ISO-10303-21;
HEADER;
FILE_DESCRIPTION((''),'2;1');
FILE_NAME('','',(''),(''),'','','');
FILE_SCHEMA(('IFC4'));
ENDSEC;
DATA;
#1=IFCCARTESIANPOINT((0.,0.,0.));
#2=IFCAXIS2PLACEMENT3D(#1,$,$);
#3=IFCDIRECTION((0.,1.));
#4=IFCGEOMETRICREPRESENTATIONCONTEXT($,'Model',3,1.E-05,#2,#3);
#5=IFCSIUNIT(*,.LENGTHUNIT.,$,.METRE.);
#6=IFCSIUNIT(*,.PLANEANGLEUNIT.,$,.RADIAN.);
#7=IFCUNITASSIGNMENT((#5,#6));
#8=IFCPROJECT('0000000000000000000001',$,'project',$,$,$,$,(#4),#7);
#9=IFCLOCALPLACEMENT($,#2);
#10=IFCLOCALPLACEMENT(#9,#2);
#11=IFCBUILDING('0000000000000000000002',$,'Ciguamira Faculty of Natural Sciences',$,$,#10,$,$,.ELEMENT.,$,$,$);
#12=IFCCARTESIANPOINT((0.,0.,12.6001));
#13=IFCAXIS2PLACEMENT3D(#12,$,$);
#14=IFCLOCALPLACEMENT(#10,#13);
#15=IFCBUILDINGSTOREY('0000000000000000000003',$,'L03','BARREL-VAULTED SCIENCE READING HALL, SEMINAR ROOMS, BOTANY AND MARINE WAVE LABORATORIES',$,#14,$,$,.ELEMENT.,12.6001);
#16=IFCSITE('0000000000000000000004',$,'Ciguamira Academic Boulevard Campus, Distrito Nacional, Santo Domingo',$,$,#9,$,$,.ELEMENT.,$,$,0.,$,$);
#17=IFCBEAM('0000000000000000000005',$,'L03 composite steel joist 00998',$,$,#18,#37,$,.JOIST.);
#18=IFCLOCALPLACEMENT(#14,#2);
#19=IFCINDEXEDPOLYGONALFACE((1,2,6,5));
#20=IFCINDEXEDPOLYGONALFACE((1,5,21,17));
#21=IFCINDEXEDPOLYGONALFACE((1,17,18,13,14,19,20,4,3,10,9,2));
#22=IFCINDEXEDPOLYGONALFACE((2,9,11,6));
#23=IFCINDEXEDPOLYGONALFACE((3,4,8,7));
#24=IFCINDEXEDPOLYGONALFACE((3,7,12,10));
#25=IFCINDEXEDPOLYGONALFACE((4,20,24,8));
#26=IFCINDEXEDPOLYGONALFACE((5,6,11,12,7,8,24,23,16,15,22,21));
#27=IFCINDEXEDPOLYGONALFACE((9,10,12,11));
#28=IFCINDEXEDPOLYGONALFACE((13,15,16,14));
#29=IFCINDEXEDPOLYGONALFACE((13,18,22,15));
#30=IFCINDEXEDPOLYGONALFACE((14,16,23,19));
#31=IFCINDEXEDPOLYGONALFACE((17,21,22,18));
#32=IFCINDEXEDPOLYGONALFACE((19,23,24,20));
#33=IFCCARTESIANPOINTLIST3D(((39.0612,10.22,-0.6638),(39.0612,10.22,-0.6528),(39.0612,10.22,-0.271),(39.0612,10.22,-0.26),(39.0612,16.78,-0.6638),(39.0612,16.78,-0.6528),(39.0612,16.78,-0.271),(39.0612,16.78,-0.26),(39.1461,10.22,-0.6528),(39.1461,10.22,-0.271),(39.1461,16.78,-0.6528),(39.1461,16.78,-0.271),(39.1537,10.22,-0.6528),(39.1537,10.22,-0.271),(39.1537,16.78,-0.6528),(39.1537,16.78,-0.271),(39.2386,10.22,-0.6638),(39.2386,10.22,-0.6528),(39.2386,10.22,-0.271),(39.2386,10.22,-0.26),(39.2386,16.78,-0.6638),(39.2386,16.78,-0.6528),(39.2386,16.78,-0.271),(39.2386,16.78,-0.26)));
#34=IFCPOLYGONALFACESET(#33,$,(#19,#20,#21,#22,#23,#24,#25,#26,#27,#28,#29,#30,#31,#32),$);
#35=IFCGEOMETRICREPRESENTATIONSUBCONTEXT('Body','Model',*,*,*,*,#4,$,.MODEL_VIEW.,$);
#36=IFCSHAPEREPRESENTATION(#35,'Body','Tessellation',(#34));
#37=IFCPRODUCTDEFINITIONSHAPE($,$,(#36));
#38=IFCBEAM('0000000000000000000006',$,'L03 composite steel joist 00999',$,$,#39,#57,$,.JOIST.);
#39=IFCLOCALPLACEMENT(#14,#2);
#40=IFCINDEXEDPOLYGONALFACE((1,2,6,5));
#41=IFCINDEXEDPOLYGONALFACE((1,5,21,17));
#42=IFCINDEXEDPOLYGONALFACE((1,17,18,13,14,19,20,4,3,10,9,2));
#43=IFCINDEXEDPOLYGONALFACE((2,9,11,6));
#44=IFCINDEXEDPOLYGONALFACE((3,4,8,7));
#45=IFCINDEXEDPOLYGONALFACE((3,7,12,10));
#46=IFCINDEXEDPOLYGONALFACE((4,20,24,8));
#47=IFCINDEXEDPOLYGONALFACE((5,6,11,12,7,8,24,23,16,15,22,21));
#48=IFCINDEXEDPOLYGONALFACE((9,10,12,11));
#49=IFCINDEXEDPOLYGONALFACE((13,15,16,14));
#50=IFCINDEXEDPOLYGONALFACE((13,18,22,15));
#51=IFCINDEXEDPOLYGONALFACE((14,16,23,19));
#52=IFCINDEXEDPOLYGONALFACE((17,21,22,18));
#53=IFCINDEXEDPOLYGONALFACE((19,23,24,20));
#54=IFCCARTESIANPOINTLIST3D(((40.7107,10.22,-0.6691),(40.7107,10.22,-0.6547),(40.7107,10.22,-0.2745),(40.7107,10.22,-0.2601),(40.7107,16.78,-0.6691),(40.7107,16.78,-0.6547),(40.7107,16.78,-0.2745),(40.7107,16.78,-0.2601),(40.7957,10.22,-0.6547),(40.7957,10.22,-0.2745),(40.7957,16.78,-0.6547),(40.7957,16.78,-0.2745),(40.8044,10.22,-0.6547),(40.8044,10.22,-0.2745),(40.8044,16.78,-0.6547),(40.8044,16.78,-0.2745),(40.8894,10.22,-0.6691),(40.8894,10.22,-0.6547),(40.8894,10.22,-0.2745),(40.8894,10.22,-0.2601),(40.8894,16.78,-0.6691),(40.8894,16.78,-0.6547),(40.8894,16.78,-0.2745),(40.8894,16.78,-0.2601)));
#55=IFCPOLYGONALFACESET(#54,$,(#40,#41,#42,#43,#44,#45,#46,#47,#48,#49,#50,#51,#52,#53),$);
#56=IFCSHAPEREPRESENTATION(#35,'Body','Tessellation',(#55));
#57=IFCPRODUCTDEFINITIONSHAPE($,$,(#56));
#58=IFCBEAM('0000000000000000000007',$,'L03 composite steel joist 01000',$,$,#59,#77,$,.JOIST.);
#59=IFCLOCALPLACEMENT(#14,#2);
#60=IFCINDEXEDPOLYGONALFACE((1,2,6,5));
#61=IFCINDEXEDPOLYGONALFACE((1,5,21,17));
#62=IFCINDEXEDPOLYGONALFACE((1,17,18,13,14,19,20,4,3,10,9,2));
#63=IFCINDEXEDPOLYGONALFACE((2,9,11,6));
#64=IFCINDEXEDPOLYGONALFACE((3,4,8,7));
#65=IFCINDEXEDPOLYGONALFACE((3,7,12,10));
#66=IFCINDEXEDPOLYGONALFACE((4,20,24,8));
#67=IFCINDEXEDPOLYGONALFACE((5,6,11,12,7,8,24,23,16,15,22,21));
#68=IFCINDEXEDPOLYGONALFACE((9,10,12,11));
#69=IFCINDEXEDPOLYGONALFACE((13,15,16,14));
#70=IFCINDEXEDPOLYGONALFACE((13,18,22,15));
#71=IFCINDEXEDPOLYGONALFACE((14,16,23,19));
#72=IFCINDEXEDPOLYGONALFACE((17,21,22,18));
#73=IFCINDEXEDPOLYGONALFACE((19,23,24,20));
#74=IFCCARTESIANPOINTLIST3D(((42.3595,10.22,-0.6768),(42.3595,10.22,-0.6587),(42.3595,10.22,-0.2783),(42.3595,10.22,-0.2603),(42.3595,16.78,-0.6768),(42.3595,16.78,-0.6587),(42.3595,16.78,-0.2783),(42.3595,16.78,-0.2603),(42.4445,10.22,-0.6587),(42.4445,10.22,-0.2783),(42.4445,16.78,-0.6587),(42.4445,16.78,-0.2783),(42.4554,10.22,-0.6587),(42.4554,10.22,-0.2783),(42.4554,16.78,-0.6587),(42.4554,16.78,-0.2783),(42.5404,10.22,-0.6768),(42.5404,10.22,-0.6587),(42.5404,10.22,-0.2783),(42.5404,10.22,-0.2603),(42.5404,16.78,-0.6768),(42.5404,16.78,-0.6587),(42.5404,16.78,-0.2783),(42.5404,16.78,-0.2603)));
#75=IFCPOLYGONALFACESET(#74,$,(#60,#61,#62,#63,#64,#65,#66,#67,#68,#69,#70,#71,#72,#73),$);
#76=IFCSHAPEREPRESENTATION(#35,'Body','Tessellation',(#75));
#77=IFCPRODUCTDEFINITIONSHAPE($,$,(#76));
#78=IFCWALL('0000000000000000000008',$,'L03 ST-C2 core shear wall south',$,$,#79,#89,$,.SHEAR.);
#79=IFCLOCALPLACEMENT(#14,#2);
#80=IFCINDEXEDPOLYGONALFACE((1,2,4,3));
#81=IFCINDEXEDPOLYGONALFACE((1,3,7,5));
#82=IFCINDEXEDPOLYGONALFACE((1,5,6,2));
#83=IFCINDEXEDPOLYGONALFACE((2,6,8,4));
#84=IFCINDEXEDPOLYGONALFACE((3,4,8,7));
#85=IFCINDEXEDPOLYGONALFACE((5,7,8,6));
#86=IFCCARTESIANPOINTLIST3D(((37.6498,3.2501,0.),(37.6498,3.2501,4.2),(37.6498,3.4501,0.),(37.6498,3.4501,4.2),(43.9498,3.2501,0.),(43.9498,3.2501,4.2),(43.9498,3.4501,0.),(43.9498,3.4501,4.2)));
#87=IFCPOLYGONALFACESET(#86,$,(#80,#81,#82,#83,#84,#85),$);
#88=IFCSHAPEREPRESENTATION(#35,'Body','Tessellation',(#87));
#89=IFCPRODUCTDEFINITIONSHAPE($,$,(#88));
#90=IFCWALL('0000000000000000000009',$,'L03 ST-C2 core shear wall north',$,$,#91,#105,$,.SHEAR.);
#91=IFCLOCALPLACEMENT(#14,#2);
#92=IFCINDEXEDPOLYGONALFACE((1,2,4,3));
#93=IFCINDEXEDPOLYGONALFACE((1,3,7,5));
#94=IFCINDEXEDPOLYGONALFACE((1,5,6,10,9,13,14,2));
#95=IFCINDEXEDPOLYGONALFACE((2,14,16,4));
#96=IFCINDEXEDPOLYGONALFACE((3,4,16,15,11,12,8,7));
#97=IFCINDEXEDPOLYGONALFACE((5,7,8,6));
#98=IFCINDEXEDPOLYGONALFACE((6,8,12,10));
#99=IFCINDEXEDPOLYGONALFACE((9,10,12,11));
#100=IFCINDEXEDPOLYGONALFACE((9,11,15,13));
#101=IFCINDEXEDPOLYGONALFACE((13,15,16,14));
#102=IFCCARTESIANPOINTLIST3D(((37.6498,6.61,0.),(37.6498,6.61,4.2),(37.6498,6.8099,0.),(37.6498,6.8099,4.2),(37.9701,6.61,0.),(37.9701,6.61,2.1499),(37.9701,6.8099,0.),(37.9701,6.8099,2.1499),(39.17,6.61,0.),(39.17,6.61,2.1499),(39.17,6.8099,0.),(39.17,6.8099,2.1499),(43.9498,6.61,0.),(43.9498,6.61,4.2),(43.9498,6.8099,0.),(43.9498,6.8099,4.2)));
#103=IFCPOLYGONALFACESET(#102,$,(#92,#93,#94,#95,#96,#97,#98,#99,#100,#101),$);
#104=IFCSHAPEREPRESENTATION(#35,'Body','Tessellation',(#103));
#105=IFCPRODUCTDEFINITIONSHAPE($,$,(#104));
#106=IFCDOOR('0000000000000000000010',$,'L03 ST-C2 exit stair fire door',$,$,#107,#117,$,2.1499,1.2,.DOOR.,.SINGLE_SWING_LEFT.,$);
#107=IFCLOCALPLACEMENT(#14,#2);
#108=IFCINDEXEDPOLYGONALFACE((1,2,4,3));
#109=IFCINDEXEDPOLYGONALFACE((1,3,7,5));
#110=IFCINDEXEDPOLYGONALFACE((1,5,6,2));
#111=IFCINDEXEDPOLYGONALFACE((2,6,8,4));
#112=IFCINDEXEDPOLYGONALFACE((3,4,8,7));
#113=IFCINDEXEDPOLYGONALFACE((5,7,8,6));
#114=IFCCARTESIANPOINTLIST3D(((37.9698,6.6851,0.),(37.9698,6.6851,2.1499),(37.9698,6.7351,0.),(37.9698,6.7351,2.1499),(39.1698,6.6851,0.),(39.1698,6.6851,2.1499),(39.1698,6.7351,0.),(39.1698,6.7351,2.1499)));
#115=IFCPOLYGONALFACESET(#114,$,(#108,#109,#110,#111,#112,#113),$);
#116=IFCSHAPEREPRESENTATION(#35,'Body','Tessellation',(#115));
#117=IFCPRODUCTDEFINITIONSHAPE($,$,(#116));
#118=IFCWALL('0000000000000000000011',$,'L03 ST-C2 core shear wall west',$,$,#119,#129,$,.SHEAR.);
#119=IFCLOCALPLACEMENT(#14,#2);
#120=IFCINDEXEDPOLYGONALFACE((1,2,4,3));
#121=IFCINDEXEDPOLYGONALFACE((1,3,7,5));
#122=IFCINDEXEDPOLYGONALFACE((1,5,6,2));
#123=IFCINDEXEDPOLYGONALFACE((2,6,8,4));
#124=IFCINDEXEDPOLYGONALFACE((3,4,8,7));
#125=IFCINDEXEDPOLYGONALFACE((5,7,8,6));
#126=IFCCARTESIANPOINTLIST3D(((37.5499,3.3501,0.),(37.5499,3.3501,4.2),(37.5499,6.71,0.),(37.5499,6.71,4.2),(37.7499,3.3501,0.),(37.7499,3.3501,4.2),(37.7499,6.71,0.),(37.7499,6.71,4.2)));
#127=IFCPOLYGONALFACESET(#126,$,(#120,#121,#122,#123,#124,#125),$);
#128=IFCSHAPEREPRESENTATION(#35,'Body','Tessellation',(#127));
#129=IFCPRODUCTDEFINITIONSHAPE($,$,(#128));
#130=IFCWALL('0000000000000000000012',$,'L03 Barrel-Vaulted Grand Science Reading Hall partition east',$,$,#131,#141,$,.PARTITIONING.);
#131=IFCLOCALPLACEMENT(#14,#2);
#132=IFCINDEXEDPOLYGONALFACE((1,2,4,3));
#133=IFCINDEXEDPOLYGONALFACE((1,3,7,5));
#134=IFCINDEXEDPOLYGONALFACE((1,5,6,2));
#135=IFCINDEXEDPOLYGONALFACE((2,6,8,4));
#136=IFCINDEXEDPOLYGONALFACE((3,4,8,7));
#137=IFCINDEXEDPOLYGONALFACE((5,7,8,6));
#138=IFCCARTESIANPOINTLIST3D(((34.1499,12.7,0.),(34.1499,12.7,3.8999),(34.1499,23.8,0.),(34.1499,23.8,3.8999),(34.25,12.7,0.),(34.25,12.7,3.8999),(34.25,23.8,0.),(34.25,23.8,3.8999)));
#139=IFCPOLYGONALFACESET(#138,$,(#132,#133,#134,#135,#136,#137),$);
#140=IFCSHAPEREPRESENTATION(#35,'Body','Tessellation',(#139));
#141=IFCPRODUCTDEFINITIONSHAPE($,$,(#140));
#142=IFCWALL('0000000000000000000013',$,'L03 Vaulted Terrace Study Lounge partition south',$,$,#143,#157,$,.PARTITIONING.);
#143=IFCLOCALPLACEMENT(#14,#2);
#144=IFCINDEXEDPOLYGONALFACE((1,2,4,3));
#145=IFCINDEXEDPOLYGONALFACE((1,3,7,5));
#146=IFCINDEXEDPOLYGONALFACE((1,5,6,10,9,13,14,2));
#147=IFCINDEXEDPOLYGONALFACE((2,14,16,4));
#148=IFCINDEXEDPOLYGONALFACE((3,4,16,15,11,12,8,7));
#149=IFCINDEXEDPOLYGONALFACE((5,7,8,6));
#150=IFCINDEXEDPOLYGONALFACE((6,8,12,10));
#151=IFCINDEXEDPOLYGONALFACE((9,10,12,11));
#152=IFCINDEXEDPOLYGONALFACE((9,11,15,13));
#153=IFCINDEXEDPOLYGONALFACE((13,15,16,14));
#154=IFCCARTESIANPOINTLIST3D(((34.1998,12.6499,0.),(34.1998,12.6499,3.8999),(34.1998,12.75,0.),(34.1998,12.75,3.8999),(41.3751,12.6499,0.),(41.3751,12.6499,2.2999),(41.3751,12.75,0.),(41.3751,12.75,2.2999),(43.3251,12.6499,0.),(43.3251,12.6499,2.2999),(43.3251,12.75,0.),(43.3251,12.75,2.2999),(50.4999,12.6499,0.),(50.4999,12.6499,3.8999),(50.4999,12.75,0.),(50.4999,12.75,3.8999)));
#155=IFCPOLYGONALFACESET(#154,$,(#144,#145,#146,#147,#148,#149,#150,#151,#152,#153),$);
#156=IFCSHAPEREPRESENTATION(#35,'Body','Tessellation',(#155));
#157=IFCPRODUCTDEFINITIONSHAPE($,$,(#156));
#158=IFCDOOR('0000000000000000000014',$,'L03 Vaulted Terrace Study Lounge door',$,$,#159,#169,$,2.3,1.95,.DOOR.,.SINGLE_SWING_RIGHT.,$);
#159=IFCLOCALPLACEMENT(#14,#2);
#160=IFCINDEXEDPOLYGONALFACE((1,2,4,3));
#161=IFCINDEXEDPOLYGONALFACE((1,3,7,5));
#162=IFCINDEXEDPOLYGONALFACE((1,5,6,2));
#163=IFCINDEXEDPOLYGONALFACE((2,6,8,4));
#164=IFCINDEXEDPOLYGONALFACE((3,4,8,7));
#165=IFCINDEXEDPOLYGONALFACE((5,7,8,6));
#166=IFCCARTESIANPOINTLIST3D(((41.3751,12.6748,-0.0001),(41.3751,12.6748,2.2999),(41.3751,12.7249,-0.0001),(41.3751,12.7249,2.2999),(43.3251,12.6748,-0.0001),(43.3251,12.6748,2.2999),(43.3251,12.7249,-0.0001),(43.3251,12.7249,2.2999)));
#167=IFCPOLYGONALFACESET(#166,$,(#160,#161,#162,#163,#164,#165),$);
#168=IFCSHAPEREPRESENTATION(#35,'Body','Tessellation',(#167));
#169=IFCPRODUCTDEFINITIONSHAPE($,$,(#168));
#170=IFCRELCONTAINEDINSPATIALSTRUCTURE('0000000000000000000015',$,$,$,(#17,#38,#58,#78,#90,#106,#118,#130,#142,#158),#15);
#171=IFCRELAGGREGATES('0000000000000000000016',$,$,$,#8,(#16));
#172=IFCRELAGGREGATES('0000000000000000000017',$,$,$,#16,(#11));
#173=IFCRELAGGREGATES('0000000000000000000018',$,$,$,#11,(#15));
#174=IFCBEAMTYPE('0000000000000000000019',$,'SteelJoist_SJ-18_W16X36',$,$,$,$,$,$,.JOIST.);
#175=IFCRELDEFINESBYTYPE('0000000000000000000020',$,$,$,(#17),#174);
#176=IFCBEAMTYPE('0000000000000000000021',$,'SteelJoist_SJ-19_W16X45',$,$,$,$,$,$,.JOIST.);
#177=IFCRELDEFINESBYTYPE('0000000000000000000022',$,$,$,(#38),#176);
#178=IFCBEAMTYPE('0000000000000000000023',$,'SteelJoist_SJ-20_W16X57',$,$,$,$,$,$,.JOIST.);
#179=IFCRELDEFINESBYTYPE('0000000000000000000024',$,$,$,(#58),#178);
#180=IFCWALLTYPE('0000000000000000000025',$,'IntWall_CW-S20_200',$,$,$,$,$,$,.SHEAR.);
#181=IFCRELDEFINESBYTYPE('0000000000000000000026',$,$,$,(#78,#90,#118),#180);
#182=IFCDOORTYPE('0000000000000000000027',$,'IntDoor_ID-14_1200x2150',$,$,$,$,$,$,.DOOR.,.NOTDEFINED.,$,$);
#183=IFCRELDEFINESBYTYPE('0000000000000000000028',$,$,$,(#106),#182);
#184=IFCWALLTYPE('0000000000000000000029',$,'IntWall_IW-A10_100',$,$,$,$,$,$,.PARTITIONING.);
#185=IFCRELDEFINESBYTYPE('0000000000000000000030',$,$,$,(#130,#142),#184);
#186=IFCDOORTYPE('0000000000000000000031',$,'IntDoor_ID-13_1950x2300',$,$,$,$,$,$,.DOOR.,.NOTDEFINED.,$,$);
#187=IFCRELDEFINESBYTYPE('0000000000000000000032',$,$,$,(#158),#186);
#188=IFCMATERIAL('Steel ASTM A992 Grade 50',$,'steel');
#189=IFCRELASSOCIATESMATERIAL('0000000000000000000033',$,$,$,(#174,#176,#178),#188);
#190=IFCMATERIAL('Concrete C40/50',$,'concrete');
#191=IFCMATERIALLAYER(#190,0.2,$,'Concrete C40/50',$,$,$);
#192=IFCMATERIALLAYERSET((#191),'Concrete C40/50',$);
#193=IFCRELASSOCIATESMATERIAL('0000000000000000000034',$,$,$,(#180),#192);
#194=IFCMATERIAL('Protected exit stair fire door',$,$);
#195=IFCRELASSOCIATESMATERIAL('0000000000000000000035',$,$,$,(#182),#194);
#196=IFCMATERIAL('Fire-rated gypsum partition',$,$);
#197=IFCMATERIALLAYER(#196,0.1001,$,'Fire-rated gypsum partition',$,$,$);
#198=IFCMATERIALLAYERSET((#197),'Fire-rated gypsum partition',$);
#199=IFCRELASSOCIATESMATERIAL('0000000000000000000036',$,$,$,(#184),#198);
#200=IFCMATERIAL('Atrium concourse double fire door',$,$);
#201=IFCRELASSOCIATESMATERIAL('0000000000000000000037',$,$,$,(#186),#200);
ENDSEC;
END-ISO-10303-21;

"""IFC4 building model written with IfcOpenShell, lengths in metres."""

from ifc_helpers import new_model, si_unit, direction, frame, frame_2d, origin, origin_2d, place, context, subcontext, project, spatial, rectangle, i_section, extrude, material, layer, layer_set, material_profile, profile_set, type_object, element, fill, save


model = new_model("IFC4")

# Units and contexts
model_context = context("Model", 3, precision=1e-05, world=origin(), true_north=direction((0.0, 1.0)))
body_context = subcontext(model_context, "Body", "Model", "MODEL_VIEW")
ifc_project = project(units=[si_unit("LENGTHUNIT", "METRE"), si_unit("PLANEANGLEUNIT", "RADIAN")], contexts=[model_context])

# Site, building, storey
site_placement = place(None, origin())
site = spatial("IfcSite", under=ifc_project, at=site_placement, Name="Ciguamira Academic Boulevard Campus, Distrito Nacional, Santo Domingo", CompositionType="ELEMENT", RefElevation=0.0)
building_placement = place(site_placement, origin())
building = spatial("IfcBuilding", under=site, at=building_placement, Name="Ciguamira Faculty of Natural Sciences", CompositionType="ELEMENT")
storey_placement = place(building_placement, frame((0.0, 0.0, 12.6001)))
storey = spatial("IfcBuildingStorey", under=building, at=storey_placement, Name="L03", Description="BARREL-VAULTED SCIENCE READING HALL, SEMINAR ROOMS, BOTANY AND MARINE WAVE LABORATORIES", CompositionType="ELEMENT", Elevation=12.6001)

# Shared definitions
ifc_material_1 = material(Name="Concrete C40/50", Category="concrete")

# Beams
ifc_material_2 = material(Name="Steel ASTM A992 Grade 50", Category="steel")
ifc_material_profile_1 = material_profile(ifc_material_2, i_section(OverallWidth=0.1775, OverallDepth=0.4038, WebThickness=0.0076, FlangeThickness=0.011, at=origin_2d()), Name="W16X36")
ifc_profile_set_1 = profile_set([ifc_material_profile_1], Name="Steel ASTM A992 Grade 50")
beam_type_1 = type_object("IfcBeamType", Name="SteelJoist_SJ-18_W16X36", PredefinedType="JOIST", material=ifc_profile_set_1)
beam_1_placement = place(storey_placement, frame((39.1499, 10.22, -0.4619), z_axis=(0.0, 1.0, 0.0), x_axis=(-1.0, 0.0, 0.0)))
element("IfcBeam", 1, at=beam_1_placement, inside=storey, type_object=beam_type_1, Name="L03 composite steel joist 00998", PredefinedType="JOIST", context=body_context, shape_type="SweptSolid", body=[
    extrude(i_section(OverallWidth=0.1775, OverallDepth=0.4038, WebThickness=0.0076, FlangeThickness=0.011, at=origin_2d()), origin(), (0.0, 0.0, 1.0), 6.5601),
])
ifc_material_profile_2 = material_profile(ifc_material_2, i_section(OverallWidth=0.1787, OverallDepth=0.4089, WebThickness=0.0088, FlangeThickness=0.0144, at=origin_2d()), Name="W16X45")
ifc_profile_set_2 = profile_set([ifc_material_profile_2], Name="Steel ASTM A992 Grade 50")
beam_type_2 = type_object("IfcBeamType", Name="SteelJoist_SJ-19_W16X45", PredefinedType="JOIST", material=ifc_profile_set_2)
beam_2_placement = place(storey_placement, frame((40.8, 10.22, -0.4646), z_axis=(0.0, 1.0, 0.0), x_axis=(-1.0, 0.0, 0.0)))
element("IfcBeam", 2, at=beam_2_placement, inside=storey, type_object=beam_type_2, Name="L03 composite steel joist 00999", PredefinedType="JOIST", context=body_context, shape_type="SweptSolid", body=[
    extrude(i_section(OverallWidth=0.1787, OverallDepth=0.4089, WebThickness=0.0088, FlangeThickness=0.0144, at=origin_2d()), origin(), (0.0, 0.0, 1.0), 6.5601),
])
ifc_material_profile_3 = material_profile(ifc_material_2, i_section(OverallWidth=0.1809, OverallDepth=0.4165, WebThickness=0.011, FlangeThickness=0.0181, at=origin_2d()), Name="W16X57")
ifc_profile_set_3 = profile_set([ifc_material_profile_3], Name="Steel ASTM A992 Grade 50")
beam_type_3 = type_object("IfcBeamType", Name="SteelJoist_SJ-20_W16X57", PredefinedType="JOIST", material=ifc_profile_set_3)
beam_3_placement = place(storey_placement, frame((42.45, 10.22, -0.4685), z_axis=(0.0, 1.0, 0.0), x_axis=(-1.0, 0.0, 0.0)))
element("IfcBeam", 3, at=beam_3_placement, inside=storey, type_object=beam_type_3, Name="L03 composite steel joist 01000", PredefinedType="JOIST", context=body_context, shape_type="SweptSolid", body=[
    extrude(i_section(OverallWidth=0.1809, OverallDepth=0.4165, WebThickness=0.011, FlangeThickness=0.0181, at=origin_2d()), origin(), (0.0, 0.0, 1.0), 6.5601),
])

# Wall
ifc_layer_1 = layer(ifc_material_1, 0.2, Name="Concrete C40/50")
ifc_layer_set_1 = layer_set([ifc_layer_1], Name="Concrete C40/50")
wall_type_1 = type_object("IfcWallType", Name="IntWall_CW-S20_200", PredefinedType="SHEAR", material=ifc_layer_set_1)
wall_1_placement = place(storey_placement, frame((37.6499, 3.3501, 0.0), z_axis=(0.0, 0.0, 1.0), x_axis=(1.0, 0.0, 0.0)))
element("IfcWall", 4, at=wall_1_placement, inside=storey, type_object=wall_type_1, Name="L03 ST-C2 core shear wall south", PredefinedType="SHEAR", context=body_context, shape_type="SweptSolid", body=[
    extrude(rectangle(XDim=6.3, YDim=0.2, at=frame_2d((3.1499, 0.0))), origin(), (0.0, 0.0, 1.0), 4.2),
])

# Wall, opening, door
wall_2_placement = place(storey_placement, frame((37.6499, 6.71, 0.0), z_axis=(0.0, 0.0, 1.0), x_axis=(1.0, 0.0, 0.0)))
wall_2 = element("IfcWall", 5, at=wall_2_placement, inside=storey, type_object=wall_type_1, Name="L03 ST-C2 core shear wall north", PredefinedType="SHEAR", context=body_context, shape_type="SweptSolid", body=[
    extrude(rectangle(XDim=6.3, YDim=0.2, at=frame_2d((3.1499, 0.0))), origin(), (0.0, 0.0, 1.0), 4.2),
])
opening_1_placement = place(wall_2_placement, frame((0.3201, 0.0, 0.0)))
opening_1 = element("IfcOpeningElement", 6, at=opening_1_placement, cuts=wall_2, PredefinedType="OPENING", context=body_context, shape_type="SweptSolid", body=[
    extrude(rectangle(XDim=1.2, YDim=2.1499, at=frame_2d((0.6001, 1.075))), frame((0.0, 0.1099, 0.0), z_axis=(0.0, -1.0, 0.0), x_axis=(1.0, 0.0, 0.0)), (0.0, 0.0, 1.0), 0.22),
])
ifc_material_3 = material(Name="Protected exit stair fire door")
door_type_1 = type_object("IfcDoorType", Name="IntDoor_ID-14_1200x2150", OperationType="NOTDEFINED", PredefinedType="DOOR", material=ifc_material_3)
door_1_placement = place(opening_1_placement, frame((1.2, 0.0, 0.0), z_axis=(0.0, 0.0, 1.0), x_axis=(-1.0, 0.0, 0.0)))
door_1 = element("IfcDoor", 7, at=door_1_placement, inside=storey, type_object=door_type_1, Name="L03 ST-C2 exit stair fire door", OperationType="SINGLE_SWING_LEFT", OverallHeight=2.1499, OverallWidth=1.2, PredefinedType="DOOR", context=body_context, shape_type="SweptSolid", body=[
    extrude(rectangle(XDim=1.2, YDim=2.1499, at=frame_2d((0.6001, 1.075))), frame((0.0, 0.0249, 0.0), z_axis=(0.0, -1.0, 0.0), x_axis=(1.0, 0.0, 0.0)), (0.0, 0.0, 1.0), 0.05),
])
fill(opening_1, door_1)

# Walls
wall_3_placement = place(storey_placement, frame((37.6499, 3.3501, 0.0), z_axis=(0.0, 0.0, 1.0), x_axis=(0.0, 1.0, 0.0)))
element("IfcWall", 8, at=wall_3_placement, inside=storey, type_object=wall_type_1, Name="L03 ST-C2 core shear wall west", PredefinedType="SHEAR", context=body_context, shape_type="SweptSolid", body=[
    extrude(rectangle(XDim=3.3599, YDim=0.2, at=frame_2d((1.6799, 0.0))), origin(), (0.0, 0.0, 1.0), 4.2),
])
ifc_material_4 = material(Name="Fire-rated gypsum partition")
ifc_layer_2 = layer(ifc_material_4, 0.1001, Name="Fire-rated gypsum partition")
ifc_layer_set_2 = layer_set([ifc_layer_2], Name="Fire-rated gypsum partition")
wall_type_2 = type_object("IfcWallType", Name="IntWall_IW-A10_100", PredefinedType="PARTITIONING", material=ifc_layer_set_2)
wall_4_placement = place(storey_placement, frame((34.2, 12.7, 0.0), z_axis=(0.0, 0.0, 1.0), x_axis=(0.0, 1.0, 0.0)))
element("IfcWall", 9, at=wall_4_placement, inside=storey, type_object=wall_type_2, Name="L03 Barrel-Vaulted Grand Science Reading Hall partition east", PredefinedType="PARTITIONING", context=body_context, shape_type="SweptSolid", body=[
    extrude(rectangle(XDim=11.1001, YDim=0.1001, at=frame_2d((5.55, 0.0))), origin(), (0.0, 0.0, 1.0), 3.8999),
])

# Wall, opening, door
wall_5_placement = place(storey_placement, frame((34.2, 12.7, 0.0), z_axis=(0.0, 0.0, 1.0), x_axis=(1.0, 0.0, 0.0)))
wall_5 = element("IfcWall", 10, at=wall_5_placement, inside=storey, type_object=wall_type_2, Name="L03 Vaulted Terrace Study Lounge partition south", PredefinedType="PARTITIONING", context=body_context, shape_type="SweptSolid", body=[
    extrude(rectangle(XDim=16.3, YDim=0.1001, at=frame_2d((8.1499, 0.0))), origin(), (0.0, 0.0, 1.0), 3.8999),
])
opening_2_placement = place(wall_5_placement, frame((7.175, 0.0, 0.0)))
opening_2 = element("IfcOpeningElement", 11, at=opening_2_placement, cuts=wall_5, PredefinedType="OPENING", context=body_context, shape_type="SweptSolid", body=[
    extrude(rectangle(XDim=1.95, YDim=2.3, at=frame_2d((0.9751, 1.1499))), frame((0.0, 0.0601, 0.0), z_axis=(0.0, -1.0, 0.0), x_axis=(1.0, 0.0, 0.0)), (0.0, 0.0, 1.0), 0.1201),
])
ifc_material_5 = material(Name="Atrium concourse double fire door")
door_type_2 = type_object("IfcDoorType", Name="IntDoor_ID-13_1950x2300", OperationType="NOTDEFINED", PredefinedType="DOOR", material=ifc_material_5)
door_2_placement = place(opening_2_placement, origin())
door_2 = element("IfcDoor", 12, at=door_2_placement, inside=storey, type_object=door_type_2, Name="L03 Vaulted Terrace Study Lounge door", OperationType="SINGLE_SWING_RIGHT", OverallHeight=2.3, OverallWidth=1.95, PredefinedType="DOOR", context=body_context, shape_type="SweptSolid", body=[
    extrude(rectangle(XDim=1.95, YDim=2.3, at=frame_2d((0.9751, 1.1499))), frame((0.0, 0.0249, 0.0), z_axis=(0.0, -1.0, 0.0), x_axis=(1.0, 0.0, 0.0)), (0.0, 0.0, 1.0), 0.05),
])
fill(opening_2, door_2)

save(model, "model.ifc")
